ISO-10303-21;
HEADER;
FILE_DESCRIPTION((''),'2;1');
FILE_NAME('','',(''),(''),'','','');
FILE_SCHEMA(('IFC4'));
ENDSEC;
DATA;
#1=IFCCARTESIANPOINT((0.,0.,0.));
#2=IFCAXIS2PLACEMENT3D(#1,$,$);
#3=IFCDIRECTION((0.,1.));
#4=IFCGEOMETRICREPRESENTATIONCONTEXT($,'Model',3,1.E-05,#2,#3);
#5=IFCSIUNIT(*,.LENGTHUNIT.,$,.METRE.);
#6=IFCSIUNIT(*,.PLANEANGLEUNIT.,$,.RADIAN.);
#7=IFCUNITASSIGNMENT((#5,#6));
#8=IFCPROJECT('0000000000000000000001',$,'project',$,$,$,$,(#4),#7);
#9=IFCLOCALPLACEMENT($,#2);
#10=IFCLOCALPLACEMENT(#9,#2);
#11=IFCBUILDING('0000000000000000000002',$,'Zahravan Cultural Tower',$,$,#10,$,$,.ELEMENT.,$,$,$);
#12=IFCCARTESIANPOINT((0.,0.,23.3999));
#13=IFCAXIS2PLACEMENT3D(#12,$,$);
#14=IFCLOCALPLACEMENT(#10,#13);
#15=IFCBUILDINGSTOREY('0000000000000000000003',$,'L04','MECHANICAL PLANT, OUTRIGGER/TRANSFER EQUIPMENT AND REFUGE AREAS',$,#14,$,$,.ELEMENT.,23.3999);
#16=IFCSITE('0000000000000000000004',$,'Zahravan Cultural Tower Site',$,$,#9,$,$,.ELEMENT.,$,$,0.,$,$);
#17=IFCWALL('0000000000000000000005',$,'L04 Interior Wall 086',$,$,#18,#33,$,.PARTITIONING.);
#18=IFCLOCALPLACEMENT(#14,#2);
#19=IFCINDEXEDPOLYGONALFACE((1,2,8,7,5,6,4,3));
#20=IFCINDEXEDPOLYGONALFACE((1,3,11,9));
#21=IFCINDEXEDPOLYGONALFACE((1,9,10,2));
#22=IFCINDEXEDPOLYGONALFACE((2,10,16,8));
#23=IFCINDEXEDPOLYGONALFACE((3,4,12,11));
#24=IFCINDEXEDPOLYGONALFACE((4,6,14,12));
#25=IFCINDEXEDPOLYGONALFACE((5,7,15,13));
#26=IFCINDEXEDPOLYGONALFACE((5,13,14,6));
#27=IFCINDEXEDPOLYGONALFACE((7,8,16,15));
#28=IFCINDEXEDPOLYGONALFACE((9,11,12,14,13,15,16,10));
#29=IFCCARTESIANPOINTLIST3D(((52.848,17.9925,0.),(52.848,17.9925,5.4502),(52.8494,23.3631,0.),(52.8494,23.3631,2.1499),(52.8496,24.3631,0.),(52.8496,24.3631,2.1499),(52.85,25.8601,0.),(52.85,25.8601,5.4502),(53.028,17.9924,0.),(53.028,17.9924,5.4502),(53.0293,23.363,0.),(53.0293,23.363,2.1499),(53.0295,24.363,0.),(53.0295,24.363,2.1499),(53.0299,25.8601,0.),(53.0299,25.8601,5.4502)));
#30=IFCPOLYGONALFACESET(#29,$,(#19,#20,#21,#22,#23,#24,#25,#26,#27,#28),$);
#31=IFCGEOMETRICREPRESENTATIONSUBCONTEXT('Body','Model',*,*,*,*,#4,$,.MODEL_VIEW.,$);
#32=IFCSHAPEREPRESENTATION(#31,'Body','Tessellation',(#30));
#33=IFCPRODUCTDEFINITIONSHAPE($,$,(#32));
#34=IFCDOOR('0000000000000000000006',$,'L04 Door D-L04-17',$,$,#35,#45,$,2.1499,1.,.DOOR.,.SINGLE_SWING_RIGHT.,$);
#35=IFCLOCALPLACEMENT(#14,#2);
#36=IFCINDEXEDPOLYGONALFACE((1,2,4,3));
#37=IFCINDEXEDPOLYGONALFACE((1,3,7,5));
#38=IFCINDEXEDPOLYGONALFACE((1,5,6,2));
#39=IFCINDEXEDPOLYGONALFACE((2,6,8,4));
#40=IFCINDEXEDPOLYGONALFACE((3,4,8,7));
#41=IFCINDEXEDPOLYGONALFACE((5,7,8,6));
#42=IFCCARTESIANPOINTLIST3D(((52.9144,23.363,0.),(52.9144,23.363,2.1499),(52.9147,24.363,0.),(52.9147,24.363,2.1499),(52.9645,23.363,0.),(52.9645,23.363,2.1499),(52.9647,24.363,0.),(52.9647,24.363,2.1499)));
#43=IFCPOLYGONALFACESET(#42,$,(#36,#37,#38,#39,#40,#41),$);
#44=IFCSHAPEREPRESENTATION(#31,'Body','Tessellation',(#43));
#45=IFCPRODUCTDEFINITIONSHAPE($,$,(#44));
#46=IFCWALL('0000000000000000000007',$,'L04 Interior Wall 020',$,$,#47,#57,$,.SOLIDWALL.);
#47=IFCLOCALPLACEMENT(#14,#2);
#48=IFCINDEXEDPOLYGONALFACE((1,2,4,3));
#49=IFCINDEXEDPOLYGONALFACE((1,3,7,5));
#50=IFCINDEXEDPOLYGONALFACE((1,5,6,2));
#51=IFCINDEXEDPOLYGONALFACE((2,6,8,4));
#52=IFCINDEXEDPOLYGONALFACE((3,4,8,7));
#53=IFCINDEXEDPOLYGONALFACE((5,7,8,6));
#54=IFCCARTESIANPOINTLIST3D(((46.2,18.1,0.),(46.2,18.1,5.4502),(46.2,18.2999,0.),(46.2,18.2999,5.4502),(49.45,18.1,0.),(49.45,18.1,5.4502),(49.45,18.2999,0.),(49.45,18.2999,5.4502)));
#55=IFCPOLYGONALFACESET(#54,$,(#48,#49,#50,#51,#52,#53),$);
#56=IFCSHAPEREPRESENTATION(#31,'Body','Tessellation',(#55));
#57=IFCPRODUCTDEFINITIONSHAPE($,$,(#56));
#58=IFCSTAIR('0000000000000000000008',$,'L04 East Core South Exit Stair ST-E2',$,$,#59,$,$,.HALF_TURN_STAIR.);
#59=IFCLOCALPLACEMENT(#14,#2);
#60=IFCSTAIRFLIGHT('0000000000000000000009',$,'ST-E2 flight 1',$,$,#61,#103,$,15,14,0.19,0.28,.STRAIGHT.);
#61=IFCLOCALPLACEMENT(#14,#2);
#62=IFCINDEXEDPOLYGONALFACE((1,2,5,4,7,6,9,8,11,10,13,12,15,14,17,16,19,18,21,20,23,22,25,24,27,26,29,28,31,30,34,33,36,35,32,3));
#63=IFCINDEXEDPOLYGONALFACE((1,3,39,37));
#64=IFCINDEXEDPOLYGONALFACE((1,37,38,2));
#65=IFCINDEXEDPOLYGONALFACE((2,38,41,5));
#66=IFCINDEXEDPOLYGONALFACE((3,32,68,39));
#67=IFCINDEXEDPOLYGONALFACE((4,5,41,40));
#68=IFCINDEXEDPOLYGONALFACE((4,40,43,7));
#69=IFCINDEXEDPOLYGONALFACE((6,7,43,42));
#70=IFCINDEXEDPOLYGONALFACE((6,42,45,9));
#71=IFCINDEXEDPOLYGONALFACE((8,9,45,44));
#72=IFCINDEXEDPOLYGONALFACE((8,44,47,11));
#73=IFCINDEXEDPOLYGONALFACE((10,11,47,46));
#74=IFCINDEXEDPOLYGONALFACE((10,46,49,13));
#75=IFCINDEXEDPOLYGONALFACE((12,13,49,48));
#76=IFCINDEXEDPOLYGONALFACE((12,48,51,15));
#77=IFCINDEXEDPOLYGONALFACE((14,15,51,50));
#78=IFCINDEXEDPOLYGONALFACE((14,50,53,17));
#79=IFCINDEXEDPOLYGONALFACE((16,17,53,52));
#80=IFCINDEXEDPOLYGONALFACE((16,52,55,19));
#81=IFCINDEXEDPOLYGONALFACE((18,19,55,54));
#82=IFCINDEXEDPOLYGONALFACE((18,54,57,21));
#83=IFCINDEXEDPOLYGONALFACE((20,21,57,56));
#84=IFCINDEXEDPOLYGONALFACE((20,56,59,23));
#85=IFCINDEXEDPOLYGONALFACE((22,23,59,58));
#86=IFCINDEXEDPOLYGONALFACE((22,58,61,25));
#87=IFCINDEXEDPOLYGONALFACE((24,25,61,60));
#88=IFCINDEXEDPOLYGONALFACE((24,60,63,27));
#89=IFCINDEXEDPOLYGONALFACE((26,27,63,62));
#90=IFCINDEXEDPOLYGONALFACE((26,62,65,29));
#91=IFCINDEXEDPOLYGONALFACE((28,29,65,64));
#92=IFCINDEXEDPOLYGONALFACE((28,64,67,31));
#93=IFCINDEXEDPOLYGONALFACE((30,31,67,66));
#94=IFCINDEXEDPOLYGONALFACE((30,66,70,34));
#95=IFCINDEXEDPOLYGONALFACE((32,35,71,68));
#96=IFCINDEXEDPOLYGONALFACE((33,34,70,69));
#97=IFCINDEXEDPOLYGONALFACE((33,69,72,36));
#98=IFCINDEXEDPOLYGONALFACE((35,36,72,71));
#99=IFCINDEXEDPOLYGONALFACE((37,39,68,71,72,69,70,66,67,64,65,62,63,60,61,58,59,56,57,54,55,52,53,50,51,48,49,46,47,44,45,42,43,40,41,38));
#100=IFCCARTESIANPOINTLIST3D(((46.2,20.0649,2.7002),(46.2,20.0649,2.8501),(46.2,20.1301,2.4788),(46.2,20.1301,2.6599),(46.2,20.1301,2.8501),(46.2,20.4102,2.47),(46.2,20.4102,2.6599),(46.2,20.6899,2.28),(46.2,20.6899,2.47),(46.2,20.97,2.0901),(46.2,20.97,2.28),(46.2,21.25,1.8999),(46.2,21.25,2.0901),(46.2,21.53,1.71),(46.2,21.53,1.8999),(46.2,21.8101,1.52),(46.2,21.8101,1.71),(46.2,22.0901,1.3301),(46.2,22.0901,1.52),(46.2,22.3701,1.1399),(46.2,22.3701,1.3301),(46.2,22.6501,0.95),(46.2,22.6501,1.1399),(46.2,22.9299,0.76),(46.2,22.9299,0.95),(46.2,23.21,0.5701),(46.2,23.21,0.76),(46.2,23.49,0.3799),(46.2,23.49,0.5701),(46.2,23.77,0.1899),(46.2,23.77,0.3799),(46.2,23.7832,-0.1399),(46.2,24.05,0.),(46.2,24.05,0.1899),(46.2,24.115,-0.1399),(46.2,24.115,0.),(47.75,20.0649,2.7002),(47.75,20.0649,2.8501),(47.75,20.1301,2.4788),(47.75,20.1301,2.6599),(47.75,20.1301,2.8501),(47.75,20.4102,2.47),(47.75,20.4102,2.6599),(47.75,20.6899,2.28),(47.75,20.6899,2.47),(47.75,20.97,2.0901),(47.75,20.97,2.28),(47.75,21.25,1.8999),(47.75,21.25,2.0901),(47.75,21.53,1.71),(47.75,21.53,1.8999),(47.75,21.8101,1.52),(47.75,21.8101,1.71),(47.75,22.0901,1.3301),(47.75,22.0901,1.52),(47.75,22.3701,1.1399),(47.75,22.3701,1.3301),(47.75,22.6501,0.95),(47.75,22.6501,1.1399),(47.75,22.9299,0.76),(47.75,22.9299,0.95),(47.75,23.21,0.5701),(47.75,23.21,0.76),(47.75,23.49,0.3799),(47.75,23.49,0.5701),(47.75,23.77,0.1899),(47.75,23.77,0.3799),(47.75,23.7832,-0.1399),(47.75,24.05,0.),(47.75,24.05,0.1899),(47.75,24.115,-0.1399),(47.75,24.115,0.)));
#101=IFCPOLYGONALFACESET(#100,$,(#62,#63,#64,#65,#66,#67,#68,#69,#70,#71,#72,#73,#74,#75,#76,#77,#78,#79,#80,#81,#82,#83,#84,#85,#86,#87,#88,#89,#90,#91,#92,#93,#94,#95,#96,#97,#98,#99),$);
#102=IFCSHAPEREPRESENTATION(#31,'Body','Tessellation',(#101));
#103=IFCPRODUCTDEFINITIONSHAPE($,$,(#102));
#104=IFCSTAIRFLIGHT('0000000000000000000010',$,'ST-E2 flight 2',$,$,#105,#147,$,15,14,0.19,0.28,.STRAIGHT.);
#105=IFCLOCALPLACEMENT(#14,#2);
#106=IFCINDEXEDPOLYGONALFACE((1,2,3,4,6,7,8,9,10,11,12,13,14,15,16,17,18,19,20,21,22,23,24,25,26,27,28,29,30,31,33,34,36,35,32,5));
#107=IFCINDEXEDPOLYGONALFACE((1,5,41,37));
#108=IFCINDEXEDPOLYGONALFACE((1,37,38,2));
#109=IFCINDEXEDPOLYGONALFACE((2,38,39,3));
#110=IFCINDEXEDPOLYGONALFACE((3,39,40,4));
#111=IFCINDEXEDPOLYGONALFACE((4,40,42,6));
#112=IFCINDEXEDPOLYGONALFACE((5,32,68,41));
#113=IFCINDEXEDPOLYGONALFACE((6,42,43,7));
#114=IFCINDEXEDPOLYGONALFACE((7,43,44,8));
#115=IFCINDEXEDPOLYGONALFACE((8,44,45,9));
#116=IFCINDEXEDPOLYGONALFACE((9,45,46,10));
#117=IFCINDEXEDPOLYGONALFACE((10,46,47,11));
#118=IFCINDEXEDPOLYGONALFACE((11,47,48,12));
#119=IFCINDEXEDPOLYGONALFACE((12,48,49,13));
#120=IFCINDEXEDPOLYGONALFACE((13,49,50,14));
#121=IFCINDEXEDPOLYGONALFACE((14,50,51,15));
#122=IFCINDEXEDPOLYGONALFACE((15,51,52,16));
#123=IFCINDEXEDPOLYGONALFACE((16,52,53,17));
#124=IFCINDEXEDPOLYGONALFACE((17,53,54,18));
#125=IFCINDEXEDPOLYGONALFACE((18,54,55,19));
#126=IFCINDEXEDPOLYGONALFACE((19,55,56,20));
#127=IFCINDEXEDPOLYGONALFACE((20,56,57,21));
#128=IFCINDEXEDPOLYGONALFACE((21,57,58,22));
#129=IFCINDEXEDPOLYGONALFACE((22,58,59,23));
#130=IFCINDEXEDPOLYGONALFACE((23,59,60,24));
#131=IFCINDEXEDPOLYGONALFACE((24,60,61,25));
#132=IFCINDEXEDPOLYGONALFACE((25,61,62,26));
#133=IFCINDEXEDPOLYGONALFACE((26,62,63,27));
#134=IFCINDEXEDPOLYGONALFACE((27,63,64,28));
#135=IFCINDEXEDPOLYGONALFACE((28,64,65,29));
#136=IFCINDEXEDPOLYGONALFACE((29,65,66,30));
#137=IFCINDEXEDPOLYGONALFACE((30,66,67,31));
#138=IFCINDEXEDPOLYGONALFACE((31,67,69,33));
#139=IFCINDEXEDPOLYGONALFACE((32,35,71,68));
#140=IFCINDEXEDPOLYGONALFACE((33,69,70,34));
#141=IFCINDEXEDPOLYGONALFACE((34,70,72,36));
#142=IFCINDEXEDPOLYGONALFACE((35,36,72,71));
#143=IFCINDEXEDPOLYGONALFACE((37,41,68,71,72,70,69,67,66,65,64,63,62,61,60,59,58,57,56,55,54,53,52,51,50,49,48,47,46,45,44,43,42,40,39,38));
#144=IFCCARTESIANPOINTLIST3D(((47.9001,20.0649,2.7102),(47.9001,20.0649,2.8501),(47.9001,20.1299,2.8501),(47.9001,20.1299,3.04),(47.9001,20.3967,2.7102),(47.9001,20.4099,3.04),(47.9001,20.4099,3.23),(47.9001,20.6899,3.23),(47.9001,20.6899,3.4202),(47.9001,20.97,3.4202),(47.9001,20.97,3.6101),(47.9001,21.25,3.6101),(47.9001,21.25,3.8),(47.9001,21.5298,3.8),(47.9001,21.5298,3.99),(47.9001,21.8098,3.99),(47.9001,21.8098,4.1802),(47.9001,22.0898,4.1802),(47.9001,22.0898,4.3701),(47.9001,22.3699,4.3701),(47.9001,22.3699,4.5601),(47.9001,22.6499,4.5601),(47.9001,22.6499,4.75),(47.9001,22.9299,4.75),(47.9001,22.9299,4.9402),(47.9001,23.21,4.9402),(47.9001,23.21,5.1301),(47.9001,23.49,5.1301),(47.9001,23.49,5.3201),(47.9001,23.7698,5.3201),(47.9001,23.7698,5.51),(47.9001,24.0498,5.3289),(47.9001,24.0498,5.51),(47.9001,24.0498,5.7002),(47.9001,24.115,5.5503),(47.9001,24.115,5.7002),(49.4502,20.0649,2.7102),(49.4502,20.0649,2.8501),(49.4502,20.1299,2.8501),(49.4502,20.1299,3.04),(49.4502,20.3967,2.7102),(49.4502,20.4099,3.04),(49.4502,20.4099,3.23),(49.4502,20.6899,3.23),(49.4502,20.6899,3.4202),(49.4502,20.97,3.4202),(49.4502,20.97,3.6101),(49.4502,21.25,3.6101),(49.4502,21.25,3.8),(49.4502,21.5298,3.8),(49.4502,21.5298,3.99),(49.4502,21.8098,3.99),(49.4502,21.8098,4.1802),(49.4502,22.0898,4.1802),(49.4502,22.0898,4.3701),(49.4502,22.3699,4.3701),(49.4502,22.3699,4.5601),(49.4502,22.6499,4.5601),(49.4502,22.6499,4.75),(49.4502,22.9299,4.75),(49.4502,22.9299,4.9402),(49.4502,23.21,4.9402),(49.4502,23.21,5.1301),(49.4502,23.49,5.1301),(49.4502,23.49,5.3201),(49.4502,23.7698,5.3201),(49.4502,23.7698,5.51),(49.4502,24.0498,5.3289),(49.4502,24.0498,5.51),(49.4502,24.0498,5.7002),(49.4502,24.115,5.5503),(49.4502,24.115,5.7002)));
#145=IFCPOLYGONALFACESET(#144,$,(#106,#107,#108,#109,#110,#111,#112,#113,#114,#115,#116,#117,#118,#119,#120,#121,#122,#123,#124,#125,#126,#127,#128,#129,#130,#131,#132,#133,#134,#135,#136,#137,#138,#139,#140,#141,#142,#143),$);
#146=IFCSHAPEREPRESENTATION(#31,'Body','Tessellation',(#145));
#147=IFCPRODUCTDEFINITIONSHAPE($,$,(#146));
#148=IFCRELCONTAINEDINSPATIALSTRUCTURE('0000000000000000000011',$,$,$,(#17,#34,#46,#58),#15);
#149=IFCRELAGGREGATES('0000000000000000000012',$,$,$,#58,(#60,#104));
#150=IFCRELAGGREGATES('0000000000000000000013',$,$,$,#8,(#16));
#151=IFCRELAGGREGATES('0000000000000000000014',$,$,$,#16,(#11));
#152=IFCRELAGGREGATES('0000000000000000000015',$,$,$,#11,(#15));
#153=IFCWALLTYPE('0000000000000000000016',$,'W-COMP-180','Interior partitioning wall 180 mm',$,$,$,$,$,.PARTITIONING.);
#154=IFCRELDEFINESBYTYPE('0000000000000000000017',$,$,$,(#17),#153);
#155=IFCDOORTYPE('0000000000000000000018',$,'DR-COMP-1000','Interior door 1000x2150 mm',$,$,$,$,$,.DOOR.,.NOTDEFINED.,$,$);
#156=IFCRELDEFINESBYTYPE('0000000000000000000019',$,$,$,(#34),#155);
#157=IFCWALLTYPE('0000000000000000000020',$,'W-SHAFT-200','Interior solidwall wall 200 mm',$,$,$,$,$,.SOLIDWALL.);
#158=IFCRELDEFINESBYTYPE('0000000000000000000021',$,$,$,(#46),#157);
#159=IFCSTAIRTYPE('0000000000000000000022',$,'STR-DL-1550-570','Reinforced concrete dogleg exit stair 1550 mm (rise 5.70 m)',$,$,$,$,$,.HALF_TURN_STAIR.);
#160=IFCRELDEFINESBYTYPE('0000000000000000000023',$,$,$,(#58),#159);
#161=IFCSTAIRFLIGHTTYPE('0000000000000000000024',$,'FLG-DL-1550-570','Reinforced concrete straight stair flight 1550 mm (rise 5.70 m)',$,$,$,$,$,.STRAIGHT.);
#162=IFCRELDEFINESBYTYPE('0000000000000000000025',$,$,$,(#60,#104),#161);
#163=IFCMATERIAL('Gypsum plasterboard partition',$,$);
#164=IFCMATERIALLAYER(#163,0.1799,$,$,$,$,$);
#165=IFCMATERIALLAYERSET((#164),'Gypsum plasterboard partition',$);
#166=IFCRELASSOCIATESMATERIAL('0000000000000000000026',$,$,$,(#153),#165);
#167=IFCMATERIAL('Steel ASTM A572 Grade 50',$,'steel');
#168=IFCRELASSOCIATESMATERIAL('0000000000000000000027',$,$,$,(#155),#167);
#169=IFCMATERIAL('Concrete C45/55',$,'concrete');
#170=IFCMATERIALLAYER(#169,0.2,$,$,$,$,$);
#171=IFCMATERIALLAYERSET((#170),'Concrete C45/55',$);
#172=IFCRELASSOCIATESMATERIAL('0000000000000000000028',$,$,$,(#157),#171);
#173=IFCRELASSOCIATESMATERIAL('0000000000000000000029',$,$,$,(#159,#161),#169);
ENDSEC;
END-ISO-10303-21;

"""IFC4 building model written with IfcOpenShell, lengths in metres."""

from ifc_helpers import new_model, si_unit, direction, frame, frame_2d, origin, place, context, subcontext, project, spatial, polyline, rectangle, outline, extrude, source, transform, mapped, material, layer, layer_set, type_object, element, fill, aggregate, save


model = new_model("IFC4")

# Units and contexts
model_context = context("Model", 3, precision=1e-05, world=origin(), true_north=direction((0.0, 1.0)))
body_context = subcontext(model_context, "Body", "Model", "MODEL_VIEW")
ifc_project = project(units=[si_unit("LENGTHUNIT", "METRE"), si_unit("PLANEANGLEUNIT", "RADIAN")], contexts=[model_context])

# Site, building, storey
site_placement = place(None, origin())
site = spatial("IfcSite", under=ifc_project, at=site_placement, Name="Zahravan Cultural Tower Site", CompositionType="ELEMENT", RefElevation=0.0)
building_placement = place(site_placement, origin())
building = spatial("IfcBuilding", under=site, at=building_placement, Name="Zahravan Cultural Tower", CompositionType="ELEMENT")
storey_placement = place(building_placement, frame((0.0, 0.0, 23.3999)))
storey = spatial("IfcBuildingStorey", under=building, at=storey_placement, Name="L04", Description="MECHANICAL PLANT, OUTRIGGER/TRANSFER EQUIPMENT AND REFUGE AREAS", CompositionType="ELEMENT", Elevation=23.3999)

# Shared definitions
ifc_material_1 = material(Name="Steel ASTM A572 Grade 50", Category="steel")

# Wall, opening, door
ifc_material_2 = material(Name="Gypsum plasterboard partition")
ifc_layer_1 = layer(ifc_material_2, 0.1799)
ifc_layer_set_1 = layer_set([ifc_layer_1], Name="Gypsum plasterboard partition")
wall_type_1 = type_object("IfcWallType", Name="W-COMP-180", Description="Interior partitioning wall 180 mm", PredefinedType="PARTITIONING", material=ifc_layer_set_1)
wall_1_placement = place(storey_placement, frame((52.938, 17.9924, 0.0), z_axis=(0.0, 0.0, 1.0), x_axis=(0.000248, 1.0, 0.0)))
wall_1 = element("IfcWall", 1, at=wall_1_placement, inside=storey, type_object=wall_type_1, Name="L04 Interior Wall 086", PredefinedType="PARTITIONING", context=body_context, shape_type="SweptSolid", body=[
    extrude(rectangle(XDim=7.8677, YDim=0.1799, at=frame_2d((3.9338, 0.0))), origin(), (0.0, 0.0, 1.0), 5.4502),
])
opening_placement = place(wall_1_placement, frame((5.3706, 0.0, 0.0)))
opening = element("IfcOpeningElement", 2, at=opening_placement, cuts=wall_1, PredefinedType="OPENING", context=body_context, shape_type="SweptSolid", body=[
    extrude(rectangle(XDim=1.0, YDim=2.1499, at=frame_2d((0.5, 1.075))), frame((0.0, 0.0999, 0.0), z_axis=(0.0, -1.0, 0.0), x_axis=(1.0, 0.0, 0.0)), (0.0, 0.0, 1.0), 0.2),
])
door_type = type_object("IfcDoorType", Name="DR-COMP-1000", Description="Interior door 1000x2150 mm", OperationType="NOTDEFINED", PredefinedType="DOOR", material=ifc_material_1)
shared_shape_1 = source(origin(), body_context, "Body", "SweptSolid", [
    extrude(rectangle(XDim=1.0, YDim=2.1499, at=frame_2d((0.5, 1.075))), frame((0.0, 0.0249, 0.0), z_axis=(0.0, -1.0, 0.0), x_axis=(1.0, 0.0, 0.0)), (0.0, 0.0, 1.0), 0.05),
])
door_placement = place(opening_placement, origin())
door = element("IfcDoor", 3, at=door_placement, inside=storey, type_object=door_type, Name="L04 Door D-L04-17", OperationType="SINGLE_SWING_RIGHT", OverallHeight=2.1499, OverallWidth=1.0, PredefinedType="DOOR", context=body_context, shape_type="MappedRepresentation", body=[
    mapped(shared_shape_1, transform((0.0, 0.0, 0.0), x_axis=(1.0, 0.0, 0.0), y_axis=(0.0, 1.0, 0.0), z_axis=(0.0, 0.0, 1.0), scale=1.0)),
])
fill(opening, door)

# Wall
ifc_material_3 = material(Name="Concrete C45/55", Category="concrete")
ifc_layer_2 = layer(ifc_material_3, 0.2)
ifc_layer_set_2 = layer_set([ifc_layer_2], Name="Concrete C45/55")
wall_type_2 = type_object("IfcWallType", Name="W-SHAFT-200", Description="Interior solidwall wall 200 mm", PredefinedType="SOLIDWALL", material=ifc_layer_set_2)
shared_shape_2 = source(origin(), body_context, "Body", "SweptSolid", [
    extrude(rectangle(XDim=3.25, YDim=0.2, at=frame_2d((1.625, 0.0))), origin(), (0.0, 0.0, 1.0), 5.4502),
])
wall_2_placement = place(storey_placement, frame((46.2, 18.2, 0.0), z_axis=(0.0, 0.0, 1.0), x_axis=(1.0, 0.0, 0.0)))
element("IfcWall", 4, at=wall_2_placement, inside=storey, type_object=wall_type_2, Name="L04 Interior Wall 020", PredefinedType="SOLIDWALL", context=body_context, shape_type="MappedRepresentation", body=[
    mapped(shared_shape_2, transform((0.0, 0.0, 0.0), x_axis=(1.0, 0.0, 0.0), y_axis=(0.0, 1.0, 0.0), z_axis=(0.0, 0.0, 1.0), scale=1.0)),
])

# Stair, stair flights
stair_type = type_object("IfcStairType", Name="STR-DL-1550-570", Description="Reinforced concrete dogleg exit stair 1550 mm (rise 5.70 m)", PredefinedType="HALF_TURN_STAIR", material=ifc_material_3)
stair_placement = place(storey_placement, origin())
stair = element("IfcStair", 5, at=stair_placement, inside=storey, type_object=stair_type, Name="L04 East Core South Exit Stair ST-E2", PredefinedType="HALF_TURN_STAIR")
stair_flight_type = type_object("IfcStairFlightType", Name="FLG-DL-1550-570", Description="Reinforced concrete straight stair flight 1550 mm (rise 5.70 m)", PredefinedType="STRAIGHT", material=ifc_material_3)
stair_flight_1_placement = place(storey_placement, frame((46.9751, 24.05, 0.0), z_axis=(0.0, 0.0, 1.0), x_axis=(0.0, -1.0, 0.0)))
stair_flight_1 = element("IfcStairFlight", 6, at=stair_flight_1_placement, type_object=stair_flight_type, Name="ST-E2 flight 1", NumberOfRisers=15, NumberOfTreads=14, PredefinedType="STRAIGHT", RiserHeight=0.19, TreadLength=0.28, context=body_context, shape_type="SweptSolid", body=[
    extrude(outline(polyline([(-0.0649, -0.1399), (-0.0649, 0.0), (0.0, 0.0), (0.0, 0.1899), (0.28, 0.1899), (0.28, 0.3799), (0.5601, 0.3799), (0.5601, 0.5701), (0.8401, 0.5701), (0.8401, 0.76), (1.1201, 0.76), (1.1201, 0.95), (1.3999, 0.95), (1.3999, 1.1399), (1.6799, 1.1399), (1.6799, 1.3301), (1.96, 1.3301), (1.96, 1.52), (2.24, 1.52), (2.24, 1.71), (2.52, 1.71), (2.52, 1.8999), (2.8, 1.8999), (2.8, 2.0901), (3.0801, 2.0901), (3.0801, 2.28), (3.3601, 2.28), (3.3601, 2.47), (3.6399, 2.47), (3.6399, 2.6599), (3.9199, 2.6599), (3.9199, 2.8501), (3.9851, 2.8501), (3.9851, 2.7002), (3.9199, 2.4788), (0.2668, -0.1399), (-0.0649, -0.1399)])), frame((0.0, 0.7749, 0.0), z_axis=(0.0, -1.0, 0.0), x_axis=(1.0, 0.0, 0.0)), (0.0, 0.0, 1.0), 1.55),
])
stair_flight_2_placement = place(storey_placement, frame((48.675, 20.1299, 2.8501), z_axis=(0.0, 0.0, 1.0), x_axis=(0.0, 1.0, 0.0)))
stair_flight_2 = element("IfcStairFlight", 7, at=stair_flight_2_placement, type_object=stair_flight_type, Name="ST-E2 flight 2", NumberOfRisers=15, NumberOfTreads=14, PredefinedType="STRAIGHT", RiserHeight=0.19, TreadLength=0.28, context=body_context, shape_type="SweptSolid", body=[
    extrude(outline(polyline([(-0.0649, -0.1399), (-0.0649, 0.0), (0.0, 0.0), (0.0, 0.1899), (0.28, 0.1899), (0.28, 0.3799), (0.5601, 0.3799), (0.5601, 0.5701), (0.8401, 0.5701), (0.8401, 0.76), (1.1201, 0.76), (1.1201, 0.95), (1.3999, 0.95), (1.3999, 1.1399), (1.6799, 1.1399), (1.6799, 1.3301), (1.96, 1.3301), (1.96, 1.52), (2.24, 1.52), (2.24, 1.71), (2.52, 1.71), (2.52, 1.8999), (2.8, 1.8999), (2.8, 2.0901), (3.0801, 2.0901), (3.0801, 2.28), (3.3601, 2.28), (3.3601, 2.47), (3.6399, 2.47), (3.6399, 2.6599), (3.9199, 2.6599), (3.9199, 2.8501), (3.9851, 2.8501), (3.9851, 2.7002), (3.9199, 2.4788), (0.2668, -0.1399), (-0.0649, -0.1399)])), frame((0.0, 0.7749, 0.0), z_axis=(0.0, -1.0, 0.0), x_axis=(1.0, 0.0, 0.0)), (0.0, 0.0, 1.0), 1.55),
])
aggregate(stair, [stair_flight_1, stair_flight_2])

save(model, "model.ifc")
